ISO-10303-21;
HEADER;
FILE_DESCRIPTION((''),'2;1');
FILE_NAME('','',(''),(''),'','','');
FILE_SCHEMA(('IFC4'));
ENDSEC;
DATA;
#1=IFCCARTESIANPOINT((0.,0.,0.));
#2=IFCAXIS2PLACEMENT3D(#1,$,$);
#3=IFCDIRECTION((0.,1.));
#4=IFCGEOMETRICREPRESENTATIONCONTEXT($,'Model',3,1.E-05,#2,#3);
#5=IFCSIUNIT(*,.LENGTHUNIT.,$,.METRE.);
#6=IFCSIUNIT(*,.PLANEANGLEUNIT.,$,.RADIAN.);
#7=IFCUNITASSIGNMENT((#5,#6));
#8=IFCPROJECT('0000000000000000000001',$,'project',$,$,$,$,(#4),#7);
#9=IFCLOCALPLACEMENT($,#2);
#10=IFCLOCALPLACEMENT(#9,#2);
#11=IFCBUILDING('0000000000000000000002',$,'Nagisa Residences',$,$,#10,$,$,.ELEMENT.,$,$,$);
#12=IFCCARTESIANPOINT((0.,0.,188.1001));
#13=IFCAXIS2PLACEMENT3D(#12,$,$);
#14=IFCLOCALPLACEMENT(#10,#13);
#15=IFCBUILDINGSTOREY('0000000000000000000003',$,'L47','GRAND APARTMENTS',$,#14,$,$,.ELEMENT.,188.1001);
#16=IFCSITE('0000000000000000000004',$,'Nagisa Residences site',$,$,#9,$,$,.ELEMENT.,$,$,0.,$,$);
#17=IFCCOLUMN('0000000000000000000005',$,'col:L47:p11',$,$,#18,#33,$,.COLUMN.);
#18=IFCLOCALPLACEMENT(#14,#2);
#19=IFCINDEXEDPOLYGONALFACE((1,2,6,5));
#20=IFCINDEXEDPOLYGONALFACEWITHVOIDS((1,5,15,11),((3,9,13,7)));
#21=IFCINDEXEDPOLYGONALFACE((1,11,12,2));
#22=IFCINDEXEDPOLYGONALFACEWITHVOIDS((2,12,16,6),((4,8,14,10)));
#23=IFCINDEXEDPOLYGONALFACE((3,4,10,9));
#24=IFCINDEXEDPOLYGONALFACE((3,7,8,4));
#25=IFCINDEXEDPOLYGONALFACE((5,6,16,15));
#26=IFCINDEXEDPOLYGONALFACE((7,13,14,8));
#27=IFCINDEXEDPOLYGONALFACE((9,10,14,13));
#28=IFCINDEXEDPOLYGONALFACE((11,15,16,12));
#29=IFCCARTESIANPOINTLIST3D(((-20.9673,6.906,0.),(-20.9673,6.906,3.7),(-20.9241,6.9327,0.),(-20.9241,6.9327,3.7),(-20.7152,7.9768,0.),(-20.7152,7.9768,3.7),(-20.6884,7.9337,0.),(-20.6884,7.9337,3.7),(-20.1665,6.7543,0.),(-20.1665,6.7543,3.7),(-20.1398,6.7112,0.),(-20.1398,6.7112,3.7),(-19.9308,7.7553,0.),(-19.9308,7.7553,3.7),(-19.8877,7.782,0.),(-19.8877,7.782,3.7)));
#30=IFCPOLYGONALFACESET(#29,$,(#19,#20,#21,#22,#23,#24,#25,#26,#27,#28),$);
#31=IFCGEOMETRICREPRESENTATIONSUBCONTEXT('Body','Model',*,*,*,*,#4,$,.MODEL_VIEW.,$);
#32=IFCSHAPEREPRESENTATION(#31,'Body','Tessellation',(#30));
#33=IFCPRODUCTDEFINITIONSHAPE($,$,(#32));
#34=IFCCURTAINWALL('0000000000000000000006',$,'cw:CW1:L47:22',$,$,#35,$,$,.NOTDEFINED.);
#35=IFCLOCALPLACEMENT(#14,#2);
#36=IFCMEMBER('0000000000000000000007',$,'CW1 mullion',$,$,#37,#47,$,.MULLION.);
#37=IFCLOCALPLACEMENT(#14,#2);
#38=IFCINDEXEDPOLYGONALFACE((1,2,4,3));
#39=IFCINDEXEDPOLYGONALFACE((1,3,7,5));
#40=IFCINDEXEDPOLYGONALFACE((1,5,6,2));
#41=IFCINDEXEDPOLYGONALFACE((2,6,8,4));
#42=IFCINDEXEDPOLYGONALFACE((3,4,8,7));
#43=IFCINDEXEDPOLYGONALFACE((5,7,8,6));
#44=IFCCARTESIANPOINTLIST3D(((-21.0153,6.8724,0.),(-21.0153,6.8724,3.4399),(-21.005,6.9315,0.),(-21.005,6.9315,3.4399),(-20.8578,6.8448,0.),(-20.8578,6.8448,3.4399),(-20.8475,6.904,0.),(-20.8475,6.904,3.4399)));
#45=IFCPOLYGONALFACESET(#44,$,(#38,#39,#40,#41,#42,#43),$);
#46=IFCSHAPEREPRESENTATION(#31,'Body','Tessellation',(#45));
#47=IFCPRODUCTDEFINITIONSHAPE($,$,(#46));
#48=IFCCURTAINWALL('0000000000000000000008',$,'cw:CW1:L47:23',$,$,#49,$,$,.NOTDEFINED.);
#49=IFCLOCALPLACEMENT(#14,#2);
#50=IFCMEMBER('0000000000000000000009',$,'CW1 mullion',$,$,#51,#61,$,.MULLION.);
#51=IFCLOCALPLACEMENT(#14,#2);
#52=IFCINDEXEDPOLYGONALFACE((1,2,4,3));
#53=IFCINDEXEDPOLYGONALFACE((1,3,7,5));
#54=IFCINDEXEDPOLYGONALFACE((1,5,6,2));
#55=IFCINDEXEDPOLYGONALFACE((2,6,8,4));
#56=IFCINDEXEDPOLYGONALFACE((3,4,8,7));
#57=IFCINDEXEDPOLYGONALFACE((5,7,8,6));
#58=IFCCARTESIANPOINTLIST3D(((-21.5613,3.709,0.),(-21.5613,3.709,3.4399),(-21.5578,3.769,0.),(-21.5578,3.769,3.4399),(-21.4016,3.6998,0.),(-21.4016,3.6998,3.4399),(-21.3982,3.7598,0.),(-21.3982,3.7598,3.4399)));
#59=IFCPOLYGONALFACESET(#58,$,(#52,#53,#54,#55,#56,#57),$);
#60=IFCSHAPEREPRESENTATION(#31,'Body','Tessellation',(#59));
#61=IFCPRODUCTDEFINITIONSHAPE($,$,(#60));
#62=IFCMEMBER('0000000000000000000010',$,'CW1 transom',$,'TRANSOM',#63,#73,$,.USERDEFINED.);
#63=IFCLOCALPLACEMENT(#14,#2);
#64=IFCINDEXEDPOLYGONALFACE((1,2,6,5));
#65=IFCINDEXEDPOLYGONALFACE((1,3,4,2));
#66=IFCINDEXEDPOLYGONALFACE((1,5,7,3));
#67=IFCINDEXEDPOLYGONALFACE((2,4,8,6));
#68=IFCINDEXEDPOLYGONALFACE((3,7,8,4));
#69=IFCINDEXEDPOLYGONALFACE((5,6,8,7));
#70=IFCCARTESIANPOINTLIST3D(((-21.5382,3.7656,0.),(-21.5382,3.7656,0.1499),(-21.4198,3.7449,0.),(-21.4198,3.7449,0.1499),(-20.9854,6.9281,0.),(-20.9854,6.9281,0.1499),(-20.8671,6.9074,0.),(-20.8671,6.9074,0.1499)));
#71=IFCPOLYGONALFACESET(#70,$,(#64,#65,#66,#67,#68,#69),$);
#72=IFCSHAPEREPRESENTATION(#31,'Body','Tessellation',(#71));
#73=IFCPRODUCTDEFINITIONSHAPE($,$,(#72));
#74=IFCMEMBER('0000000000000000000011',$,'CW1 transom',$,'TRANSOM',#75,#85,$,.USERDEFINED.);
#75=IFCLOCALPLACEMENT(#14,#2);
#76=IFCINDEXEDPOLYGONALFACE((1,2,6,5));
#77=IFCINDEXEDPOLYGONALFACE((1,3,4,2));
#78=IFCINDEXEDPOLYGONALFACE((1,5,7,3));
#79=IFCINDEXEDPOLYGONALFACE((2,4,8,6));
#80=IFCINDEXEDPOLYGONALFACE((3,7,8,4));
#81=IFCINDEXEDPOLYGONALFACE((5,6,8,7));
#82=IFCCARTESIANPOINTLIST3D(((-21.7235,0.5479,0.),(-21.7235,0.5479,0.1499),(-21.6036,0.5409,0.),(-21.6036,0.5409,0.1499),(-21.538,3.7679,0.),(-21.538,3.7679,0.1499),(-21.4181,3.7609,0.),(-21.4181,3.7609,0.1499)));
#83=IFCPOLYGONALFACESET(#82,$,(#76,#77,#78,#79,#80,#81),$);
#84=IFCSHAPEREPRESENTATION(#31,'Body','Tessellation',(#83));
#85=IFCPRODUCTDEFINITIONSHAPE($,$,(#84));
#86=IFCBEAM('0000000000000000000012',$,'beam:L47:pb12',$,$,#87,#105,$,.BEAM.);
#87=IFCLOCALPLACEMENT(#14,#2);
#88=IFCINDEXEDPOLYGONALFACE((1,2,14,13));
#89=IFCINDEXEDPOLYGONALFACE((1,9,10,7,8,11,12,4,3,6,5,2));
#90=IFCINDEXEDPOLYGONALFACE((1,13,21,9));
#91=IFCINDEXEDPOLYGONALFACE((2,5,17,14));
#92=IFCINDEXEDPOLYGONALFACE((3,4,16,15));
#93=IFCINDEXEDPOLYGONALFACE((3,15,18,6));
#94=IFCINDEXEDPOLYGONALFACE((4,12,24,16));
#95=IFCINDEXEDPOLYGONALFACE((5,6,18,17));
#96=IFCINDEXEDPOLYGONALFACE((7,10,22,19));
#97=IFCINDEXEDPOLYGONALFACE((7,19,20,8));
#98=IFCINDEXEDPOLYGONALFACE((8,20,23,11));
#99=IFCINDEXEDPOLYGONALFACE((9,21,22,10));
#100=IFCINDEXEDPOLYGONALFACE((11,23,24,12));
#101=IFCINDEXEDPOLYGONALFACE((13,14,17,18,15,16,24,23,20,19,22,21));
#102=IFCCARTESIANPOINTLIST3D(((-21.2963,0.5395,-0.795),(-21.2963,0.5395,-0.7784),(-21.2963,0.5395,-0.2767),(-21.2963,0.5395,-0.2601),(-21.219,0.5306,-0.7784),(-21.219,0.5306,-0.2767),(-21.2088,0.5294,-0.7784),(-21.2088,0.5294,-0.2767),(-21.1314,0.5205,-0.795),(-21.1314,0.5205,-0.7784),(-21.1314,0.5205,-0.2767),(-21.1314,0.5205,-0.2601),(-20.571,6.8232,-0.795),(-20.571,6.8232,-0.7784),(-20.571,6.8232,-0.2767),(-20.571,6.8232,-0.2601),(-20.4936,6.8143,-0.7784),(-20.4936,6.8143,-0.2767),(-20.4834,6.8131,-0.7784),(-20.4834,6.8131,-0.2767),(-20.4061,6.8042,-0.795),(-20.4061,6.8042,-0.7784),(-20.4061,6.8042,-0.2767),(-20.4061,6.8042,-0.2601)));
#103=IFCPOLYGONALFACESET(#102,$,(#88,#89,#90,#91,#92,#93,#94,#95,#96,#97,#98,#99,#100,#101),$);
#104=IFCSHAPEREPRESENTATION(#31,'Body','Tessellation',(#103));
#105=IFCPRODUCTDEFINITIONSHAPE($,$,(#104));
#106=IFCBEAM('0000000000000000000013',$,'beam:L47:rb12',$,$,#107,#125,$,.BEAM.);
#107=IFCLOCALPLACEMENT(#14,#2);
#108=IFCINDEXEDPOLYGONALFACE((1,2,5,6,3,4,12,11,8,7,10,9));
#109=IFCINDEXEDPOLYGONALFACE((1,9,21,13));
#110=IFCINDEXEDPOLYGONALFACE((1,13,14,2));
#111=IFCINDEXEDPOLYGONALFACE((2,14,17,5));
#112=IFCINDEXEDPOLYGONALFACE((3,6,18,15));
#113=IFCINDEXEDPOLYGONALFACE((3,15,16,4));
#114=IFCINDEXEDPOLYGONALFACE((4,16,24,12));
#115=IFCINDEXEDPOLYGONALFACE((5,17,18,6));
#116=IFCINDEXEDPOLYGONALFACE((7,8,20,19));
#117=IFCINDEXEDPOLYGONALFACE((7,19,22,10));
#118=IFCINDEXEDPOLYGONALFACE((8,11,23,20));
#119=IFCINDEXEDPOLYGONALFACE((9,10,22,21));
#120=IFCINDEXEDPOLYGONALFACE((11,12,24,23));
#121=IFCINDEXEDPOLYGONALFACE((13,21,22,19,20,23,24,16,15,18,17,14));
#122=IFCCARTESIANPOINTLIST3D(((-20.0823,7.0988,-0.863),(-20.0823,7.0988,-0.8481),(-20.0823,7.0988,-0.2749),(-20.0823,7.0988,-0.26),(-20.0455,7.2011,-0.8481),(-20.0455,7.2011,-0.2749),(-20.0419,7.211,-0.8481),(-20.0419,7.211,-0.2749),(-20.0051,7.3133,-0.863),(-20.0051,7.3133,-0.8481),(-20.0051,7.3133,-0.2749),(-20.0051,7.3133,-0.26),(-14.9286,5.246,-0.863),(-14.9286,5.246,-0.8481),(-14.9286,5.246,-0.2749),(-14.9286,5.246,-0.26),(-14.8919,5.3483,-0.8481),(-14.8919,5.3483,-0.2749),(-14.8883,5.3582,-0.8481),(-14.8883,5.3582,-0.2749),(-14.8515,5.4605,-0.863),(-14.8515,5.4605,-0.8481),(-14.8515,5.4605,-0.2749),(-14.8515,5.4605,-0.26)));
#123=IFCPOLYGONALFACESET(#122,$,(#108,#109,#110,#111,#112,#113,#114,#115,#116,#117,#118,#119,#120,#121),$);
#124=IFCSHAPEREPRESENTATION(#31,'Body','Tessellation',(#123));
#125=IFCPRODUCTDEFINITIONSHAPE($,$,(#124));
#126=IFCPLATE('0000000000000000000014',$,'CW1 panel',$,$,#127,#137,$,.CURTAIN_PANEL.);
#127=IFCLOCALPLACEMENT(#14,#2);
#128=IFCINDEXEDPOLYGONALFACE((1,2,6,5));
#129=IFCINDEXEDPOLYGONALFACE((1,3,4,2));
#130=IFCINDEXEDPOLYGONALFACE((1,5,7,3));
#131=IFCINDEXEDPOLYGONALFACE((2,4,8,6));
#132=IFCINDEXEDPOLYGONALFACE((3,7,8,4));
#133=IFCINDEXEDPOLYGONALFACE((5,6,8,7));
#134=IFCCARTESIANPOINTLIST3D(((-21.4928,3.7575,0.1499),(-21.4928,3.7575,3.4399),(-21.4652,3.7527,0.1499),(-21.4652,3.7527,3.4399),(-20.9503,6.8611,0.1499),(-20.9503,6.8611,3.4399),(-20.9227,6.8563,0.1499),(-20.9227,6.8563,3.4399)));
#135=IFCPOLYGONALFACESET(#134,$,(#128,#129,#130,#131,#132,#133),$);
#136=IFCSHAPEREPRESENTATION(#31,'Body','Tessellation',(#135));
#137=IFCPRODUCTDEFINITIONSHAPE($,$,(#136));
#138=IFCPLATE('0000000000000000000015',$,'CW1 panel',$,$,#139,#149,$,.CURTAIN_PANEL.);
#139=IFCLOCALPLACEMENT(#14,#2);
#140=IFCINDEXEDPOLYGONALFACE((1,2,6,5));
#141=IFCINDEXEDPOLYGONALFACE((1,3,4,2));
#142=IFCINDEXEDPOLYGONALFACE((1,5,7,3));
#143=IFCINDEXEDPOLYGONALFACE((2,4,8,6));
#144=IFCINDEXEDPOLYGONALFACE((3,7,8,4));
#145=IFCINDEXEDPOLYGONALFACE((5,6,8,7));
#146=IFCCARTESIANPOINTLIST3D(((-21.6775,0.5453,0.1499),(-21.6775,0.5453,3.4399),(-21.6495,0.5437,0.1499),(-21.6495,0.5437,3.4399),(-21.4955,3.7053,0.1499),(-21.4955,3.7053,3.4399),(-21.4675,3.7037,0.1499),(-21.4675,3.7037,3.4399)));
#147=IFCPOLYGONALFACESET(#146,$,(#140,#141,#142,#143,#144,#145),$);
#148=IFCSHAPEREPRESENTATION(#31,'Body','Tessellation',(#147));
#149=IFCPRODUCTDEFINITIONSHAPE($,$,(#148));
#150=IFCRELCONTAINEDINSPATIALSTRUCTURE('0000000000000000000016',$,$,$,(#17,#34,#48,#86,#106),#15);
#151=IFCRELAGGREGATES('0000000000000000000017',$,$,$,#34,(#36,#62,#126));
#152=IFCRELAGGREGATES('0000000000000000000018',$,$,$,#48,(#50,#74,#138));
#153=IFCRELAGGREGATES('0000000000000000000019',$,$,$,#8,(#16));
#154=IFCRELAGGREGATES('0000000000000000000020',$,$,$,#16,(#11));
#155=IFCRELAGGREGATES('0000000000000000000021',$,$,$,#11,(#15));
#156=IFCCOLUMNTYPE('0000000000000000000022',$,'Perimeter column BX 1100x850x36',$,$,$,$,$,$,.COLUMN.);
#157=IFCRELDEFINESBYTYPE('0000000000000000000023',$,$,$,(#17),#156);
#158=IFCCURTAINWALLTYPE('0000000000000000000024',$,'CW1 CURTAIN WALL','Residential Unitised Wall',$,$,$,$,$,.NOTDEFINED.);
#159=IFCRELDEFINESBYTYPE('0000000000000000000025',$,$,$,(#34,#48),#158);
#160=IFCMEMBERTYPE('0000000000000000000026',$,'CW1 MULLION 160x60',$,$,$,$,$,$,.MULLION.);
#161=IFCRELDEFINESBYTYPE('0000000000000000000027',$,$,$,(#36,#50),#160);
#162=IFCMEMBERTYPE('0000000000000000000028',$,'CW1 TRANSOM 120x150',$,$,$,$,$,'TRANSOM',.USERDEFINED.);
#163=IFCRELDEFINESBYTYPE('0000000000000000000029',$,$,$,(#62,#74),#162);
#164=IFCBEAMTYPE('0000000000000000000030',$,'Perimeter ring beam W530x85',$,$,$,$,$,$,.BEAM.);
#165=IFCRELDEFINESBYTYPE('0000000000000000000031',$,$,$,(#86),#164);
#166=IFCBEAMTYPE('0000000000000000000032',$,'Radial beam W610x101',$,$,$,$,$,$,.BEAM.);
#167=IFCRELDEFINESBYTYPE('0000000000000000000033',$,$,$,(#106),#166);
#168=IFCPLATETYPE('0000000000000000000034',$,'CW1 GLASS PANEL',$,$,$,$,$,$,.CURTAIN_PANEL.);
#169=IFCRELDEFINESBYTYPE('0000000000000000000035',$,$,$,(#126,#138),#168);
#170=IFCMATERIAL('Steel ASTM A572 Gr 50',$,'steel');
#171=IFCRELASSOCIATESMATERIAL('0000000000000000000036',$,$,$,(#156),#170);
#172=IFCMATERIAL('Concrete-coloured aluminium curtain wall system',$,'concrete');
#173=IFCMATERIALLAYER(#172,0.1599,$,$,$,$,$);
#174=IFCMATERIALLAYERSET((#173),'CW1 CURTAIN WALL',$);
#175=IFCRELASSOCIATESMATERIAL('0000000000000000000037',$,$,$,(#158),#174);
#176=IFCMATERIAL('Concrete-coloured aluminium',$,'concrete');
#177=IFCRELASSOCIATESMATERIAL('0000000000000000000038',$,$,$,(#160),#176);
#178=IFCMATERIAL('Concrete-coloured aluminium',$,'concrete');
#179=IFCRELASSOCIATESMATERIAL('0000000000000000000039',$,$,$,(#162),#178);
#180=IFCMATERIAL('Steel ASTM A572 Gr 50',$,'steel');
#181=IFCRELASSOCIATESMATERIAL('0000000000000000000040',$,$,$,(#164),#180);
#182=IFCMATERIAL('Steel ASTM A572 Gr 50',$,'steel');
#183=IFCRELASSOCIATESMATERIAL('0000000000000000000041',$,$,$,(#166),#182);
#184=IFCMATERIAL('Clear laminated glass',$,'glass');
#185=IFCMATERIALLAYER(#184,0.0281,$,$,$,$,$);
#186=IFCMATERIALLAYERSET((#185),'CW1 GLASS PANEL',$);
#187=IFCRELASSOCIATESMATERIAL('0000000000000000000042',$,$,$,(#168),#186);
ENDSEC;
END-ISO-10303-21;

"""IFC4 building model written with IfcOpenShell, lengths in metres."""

from ifc_helpers import new_model, si_unit, direction, frame, origin, origin_2d, place, context, subcontext, project, spatial, rectangle, hollow_rectangle, i_section, extrude, material, layer, layer_set, material_profile, profile_set, type_object, element, aggregate, save


model = new_model("IFC4")

# Units and contexts
model_context = context("Model", 3, precision=1e-05, world=origin(), true_north=direction((0.0, 1.0)))
body_context = subcontext(model_context, "Body", "Model", "MODEL_VIEW")
ifc_project = project(units=[si_unit("LENGTHUNIT", "METRE"), si_unit("PLANEANGLEUNIT", "RADIAN")], contexts=[model_context])

# Site, building, storey
site_placement = place(None, origin())
site = spatial("IfcSite", under=ifc_project, at=site_placement, Name="Nagisa Residences site", CompositionType="ELEMENT", RefElevation=0.0)
building_placement = place(site_placement, origin())
building = spatial("IfcBuilding", under=site, at=building_placement, Name="Nagisa Residences", CompositionType="ELEMENT")
storey_placement = place(building_placement, frame((0.0, 0.0, 188.1001)))
storey = spatial("IfcBuildingStorey", under=building, at=storey_placement, Name="L47", Description="GRAND APARTMENTS", CompositionType="ELEMENT", Elevation=188.1001)

# Column
ifc_material_1 = material(Name="Steel ASTM A572 Gr 50", Category="steel")
ifc_material_profile_1 = material_profile(ifc_material_1, hollow_rectangle(XDim=1.1001, YDim=0.8501, WallThickness=0.0359, at=origin_2d()), Name="BX 1100x850x36")
ifc_profile_set_1 = profile_set([ifc_material_profile_1], Name="Steel ASTM A572 Gr 50")
column_type = type_object("IfcColumnType", Name="Perimeter column BX 1100x850x36", PredefinedType="COLUMN", material=ifc_profile_set_1)
column_placement = place(storey_placement, frame((-20.4275, 7.344, 0.0), z_axis=(0.0, 0.0, 1.0), x_axis=(-0.229202, -0.973379, 0.0)))
element("IfcColumn", 1, at=column_placement, inside=storey, type_object=column_type, Name="col:L47:p11", PredefinedType="COLUMN", context=body_context, shape_type="SweptSolid", body=[
    extrude(hollow_rectangle(XDim=1.1001, YDim=0.8501, WallThickness=0.0359, at=origin_2d()), origin(), (0.0, 0.0, 1.0), 3.7),
])

# Curtain walls, members
ifc_material_2 = material(Name="Concrete-coloured aluminium curtain wall system", Category="concrete")
ifc_layer_1 = layer(ifc_material_2, 0.1599)
ifc_layer_set_1 = layer_set([ifc_layer_1], Name="CW1 CURTAIN WALL")
curtain_wall_type = type_object("IfcCurtainWallType", Name="CW1 CURTAIN WALL", Description="Residential Unitised Wall", PredefinedType="NOTDEFINED", material=ifc_layer_set_1)
curtain_wall_1_placement = place(storey_placement, origin())
curtain_wall_1 = element("IfcCurtainWall", 2, at=curtain_wall_1_placement, inside=storey, type_object=curtain_wall_type, Name="cw:CW1:L47:22", PredefinedType="NOTDEFINED")
ifc_material_3 = material(Name="Concrete-coloured aluminium", Category="concrete")
ifc_material_profile_2 = material_profile(ifc_material_3, rectangle(XDim=0.1599, YDim=0.0601, at=origin_2d()), Name="CW1 MULLION 160x60")
ifc_profile_set_2 = profile_set([ifc_material_profile_2], Name="Concrete-coloured aluminium")
member_type_1 = type_object("IfcMemberType", Name="CW1 MULLION 160x60", PredefinedType="MULLION", material=ifc_profile_set_2)
member_1_placement = place(storey_placement, frame((-20.9314, 6.8882, 0.0), z_axis=(0.0, 0.0, 1.0), x_axis=(0.985064, -0.172191, 0.0)))
member_1 = element("IfcMember", 3, at=member_1_placement, type_object=member_type_1, Name="CW1 mullion", PredefinedType="MULLION", context=body_context, shape_type="SweptSolid", body=[
    extrude(rectangle(XDim=0.1599, YDim=0.0601, at=origin_2d()), origin(), (0.0, 0.0, 1.0), 3.4399),
])
curtain_wall_2_placement = place(storey_placement, origin())
curtain_wall_2 = element("IfcCurtainWall", 4, at=curtain_wall_2_placement, inside=storey, type_object=curtain_wall_type, Name="cw:CW1:L47:23", PredefinedType="NOTDEFINED")
member_2_placement = place(storey_placement, frame((-21.4797, 3.7344, 0.0), z_axis=(0.0, 0.0, 1.0), x_axis=(0.998345, -0.057503, 0.0)))
member_2 = element("IfcMember", 5, at=member_2_placement, type_object=member_type_1, Name="CW1 mullion", PredefinedType="MULLION", context=body_context, shape_type="SweptSolid", body=[
    extrude(rectangle(XDim=0.1599, YDim=0.0601, at=origin_2d()), origin(), (0.0, 0.0, 1.0), 3.4399),
])

# Members
ifc_material_4 = material(Name="Concrete-coloured aluminium", Category="concrete")
ifc_material_profile_3 = material_profile(ifc_material_4, rectangle(XDim=0.1201, YDim=0.1499, at=origin_2d()), Name="CW1 TRANSOM 120x150")
ifc_profile_set_3 = profile_set([ifc_material_profile_3], Name="Concrete-coloured aluminium")
member_type_2 = type_object("IfcMemberType", Name="CW1 TRANSOM 120x150", ElementType="TRANSOM", PredefinedType="USERDEFINED", material=ifc_profile_set_3)
member_3_placement = place(storey_placement, frame((-20.9263, 6.9177, 0.075), z_axis=(-0.172163, -0.985069, 0.0), x_axis=(0.985069, -0.172163, 0.0)))
member_3 = element("IfcMember", 6, at=member_3_placement, type_object=member_type_2, Name="CW1 transom", ObjectType="TRANSOM", PredefinedType="USERDEFINED", context=body_context, shape_type="SweptSolid", body=[
    extrude(rectangle(XDim=0.1201, YDim=0.1499, at=origin_2d()), origin(), (0.0, 0.0, 1.0), 3.2104),
])
member_4_placement = place(storey_placement, frame((-21.478, 3.7644, 0.075), z_axis=(-0.057528, -0.998344, 0.0), x_axis=(0.998344, -0.057528, 0.0)))
member_4 = element("IfcMember", 7, at=member_4_placement, type_object=member_type_2, Name="CW1 transom", ObjectType="TRANSOM", PredefinedType="USERDEFINED", context=body_context, shape_type="SweptSolid", body=[
    extrude(rectangle(XDim=0.1201, YDim=0.1499, at=origin_2d()), origin(), (0.0, 0.0, 1.0), 3.2253),
])

# Beams
ifc_material_5 = material(Name="Steel ASTM A572 Gr 50", Category="steel")
ifc_material_profile_4 = material_profile(ifc_material_5, i_section(OverallWidth=0.166, OverallDepth=0.5349, WebThickness=0.0103, FlangeThickness=0.0166, at=origin_2d()), Name="W530x85")
ifc_profile_set_4 = profile_set([ifc_material_profile_4], Name="Steel ASTM A572 Gr 50")
beam_type_1 = type_object("IfcBeamType", Name="Perimeter ring beam W530x85", PredefinedType="BEAM", material=ifc_profile_set_4)
beam_1_placement = place(storey_placement, frame((-20.4885, 6.8137, -0.5276), z_axis=(-0.114671, -0.993404, 0.0), x_axis=(0.993404, -0.114671, 0.0)))
element("IfcBeam", 8, at=beam_1_placement, inside=storey, type_object=beam_type_1, Name="beam:L47:pb12", PredefinedType="BEAM", context=body_context, shape_type="SweptSolid", body=[
    extrude(i_section(OverallWidth=0.166, OverallDepth=0.5349, WebThickness=0.0103, FlangeThickness=0.0166, at=origin_2d()), origin(), (0.0, 0.0, 1.0), 6.3254),
])
ifc_material_6 = material(Name="Steel ASTM A572 Gr 50", Category="steel")
ifc_material_profile_5 = material_profile(ifc_material_6, i_section(OverallWidth=0.228, OverallDepth=0.603, WebThickness=0.0105, FlangeThickness=0.0149, at=origin_2d()), Name="W610x101")
ifc_profile_set_5 = profile_set([ifc_material_profile_5], Name="Steel ASTM A572 Gr 50")
beam_type_2 = type_object("IfcBeamType", Name="Radial beam W610x101", PredefinedType="BEAM", material=ifc_profile_set_5)
beam_2_placement = place(storey_placement, frame((-20.0437, 7.2061, -0.5615), z_axis=(0.941033, -0.338315, 0.0), x_axis=(0.338315, 0.941033, 0.0)))
element("IfcBeam", 9, at=beam_2_placement, inside=storey, type_object=beam_type_2, Name="beam:L47:rb12", PredefinedType="BEAM", context=body_context, shape_type="SweptSolid", body=[
    extrude(i_section(OverallWidth=0.228, OverallDepth=0.603, WebThickness=0.0105, FlangeThickness=0.0149, at=origin_2d()), origin(), (0.0, 0.0, 1.0), 5.4766),
])

# Plates
ifc_material_7 = material(Name="Clear laminated glass", Category="glass")
ifc_layer_2 = layer(ifc_material_7, 0.0281)
ifc_layer_set_2 = layer_set([ifc_layer_2], Name="CW1 GLASS PANEL")
plate_type = type_object("IfcPlateType", Name="CW1 GLASS PANEL", PredefinedType="CURTAIN_PANEL", material=ifc_layer_set_2)
plate_1_placement = place(storey_placement, frame((-21.2078, 5.3069, 0.1499), z_axis=(0.0, 0.0, 1.0), x_axis=(-0.172191, -0.985064, 0.0)))
plate_1 = element("IfcPlate", 10, at=plate_1_placement, type_object=plate_type, Name="CW1 panel", PredefinedType="CURTAIN_PANEL", context=body_context, shape_type="SweptSolid", body=[
    extrude(rectangle(XDim=3.1506, YDim=0.0281, at=origin_2d()), origin(), (0.0, 0.0, 1.0), 3.29),
])
aggregate(curtain_wall_1, [member_1, member_3, plate_1])
plate_2_placement = place(storey_placement, frame((-21.5725, 2.1245, 0.1499), z_axis=(0.0, 0.0, 1.0), x_axis=(-0.057503, -0.998345, 0.0)))
plate_2 = element("IfcPlate", 11, at=plate_2_placement, type_object=plate_type, Name="CW1 panel", PredefinedType="CURTAIN_PANEL", context=body_context, shape_type="SweptSolid", body=[
    extrude(rectangle(XDim=3.1653, YDim=0.0281, at=origin_2d()), origin(), (0.0, 0.0, 1.0), 3.29),
])
aggregate(curtain_wall_2, [member_2, member_4, plate_2])

save(model, "model.ifc")
